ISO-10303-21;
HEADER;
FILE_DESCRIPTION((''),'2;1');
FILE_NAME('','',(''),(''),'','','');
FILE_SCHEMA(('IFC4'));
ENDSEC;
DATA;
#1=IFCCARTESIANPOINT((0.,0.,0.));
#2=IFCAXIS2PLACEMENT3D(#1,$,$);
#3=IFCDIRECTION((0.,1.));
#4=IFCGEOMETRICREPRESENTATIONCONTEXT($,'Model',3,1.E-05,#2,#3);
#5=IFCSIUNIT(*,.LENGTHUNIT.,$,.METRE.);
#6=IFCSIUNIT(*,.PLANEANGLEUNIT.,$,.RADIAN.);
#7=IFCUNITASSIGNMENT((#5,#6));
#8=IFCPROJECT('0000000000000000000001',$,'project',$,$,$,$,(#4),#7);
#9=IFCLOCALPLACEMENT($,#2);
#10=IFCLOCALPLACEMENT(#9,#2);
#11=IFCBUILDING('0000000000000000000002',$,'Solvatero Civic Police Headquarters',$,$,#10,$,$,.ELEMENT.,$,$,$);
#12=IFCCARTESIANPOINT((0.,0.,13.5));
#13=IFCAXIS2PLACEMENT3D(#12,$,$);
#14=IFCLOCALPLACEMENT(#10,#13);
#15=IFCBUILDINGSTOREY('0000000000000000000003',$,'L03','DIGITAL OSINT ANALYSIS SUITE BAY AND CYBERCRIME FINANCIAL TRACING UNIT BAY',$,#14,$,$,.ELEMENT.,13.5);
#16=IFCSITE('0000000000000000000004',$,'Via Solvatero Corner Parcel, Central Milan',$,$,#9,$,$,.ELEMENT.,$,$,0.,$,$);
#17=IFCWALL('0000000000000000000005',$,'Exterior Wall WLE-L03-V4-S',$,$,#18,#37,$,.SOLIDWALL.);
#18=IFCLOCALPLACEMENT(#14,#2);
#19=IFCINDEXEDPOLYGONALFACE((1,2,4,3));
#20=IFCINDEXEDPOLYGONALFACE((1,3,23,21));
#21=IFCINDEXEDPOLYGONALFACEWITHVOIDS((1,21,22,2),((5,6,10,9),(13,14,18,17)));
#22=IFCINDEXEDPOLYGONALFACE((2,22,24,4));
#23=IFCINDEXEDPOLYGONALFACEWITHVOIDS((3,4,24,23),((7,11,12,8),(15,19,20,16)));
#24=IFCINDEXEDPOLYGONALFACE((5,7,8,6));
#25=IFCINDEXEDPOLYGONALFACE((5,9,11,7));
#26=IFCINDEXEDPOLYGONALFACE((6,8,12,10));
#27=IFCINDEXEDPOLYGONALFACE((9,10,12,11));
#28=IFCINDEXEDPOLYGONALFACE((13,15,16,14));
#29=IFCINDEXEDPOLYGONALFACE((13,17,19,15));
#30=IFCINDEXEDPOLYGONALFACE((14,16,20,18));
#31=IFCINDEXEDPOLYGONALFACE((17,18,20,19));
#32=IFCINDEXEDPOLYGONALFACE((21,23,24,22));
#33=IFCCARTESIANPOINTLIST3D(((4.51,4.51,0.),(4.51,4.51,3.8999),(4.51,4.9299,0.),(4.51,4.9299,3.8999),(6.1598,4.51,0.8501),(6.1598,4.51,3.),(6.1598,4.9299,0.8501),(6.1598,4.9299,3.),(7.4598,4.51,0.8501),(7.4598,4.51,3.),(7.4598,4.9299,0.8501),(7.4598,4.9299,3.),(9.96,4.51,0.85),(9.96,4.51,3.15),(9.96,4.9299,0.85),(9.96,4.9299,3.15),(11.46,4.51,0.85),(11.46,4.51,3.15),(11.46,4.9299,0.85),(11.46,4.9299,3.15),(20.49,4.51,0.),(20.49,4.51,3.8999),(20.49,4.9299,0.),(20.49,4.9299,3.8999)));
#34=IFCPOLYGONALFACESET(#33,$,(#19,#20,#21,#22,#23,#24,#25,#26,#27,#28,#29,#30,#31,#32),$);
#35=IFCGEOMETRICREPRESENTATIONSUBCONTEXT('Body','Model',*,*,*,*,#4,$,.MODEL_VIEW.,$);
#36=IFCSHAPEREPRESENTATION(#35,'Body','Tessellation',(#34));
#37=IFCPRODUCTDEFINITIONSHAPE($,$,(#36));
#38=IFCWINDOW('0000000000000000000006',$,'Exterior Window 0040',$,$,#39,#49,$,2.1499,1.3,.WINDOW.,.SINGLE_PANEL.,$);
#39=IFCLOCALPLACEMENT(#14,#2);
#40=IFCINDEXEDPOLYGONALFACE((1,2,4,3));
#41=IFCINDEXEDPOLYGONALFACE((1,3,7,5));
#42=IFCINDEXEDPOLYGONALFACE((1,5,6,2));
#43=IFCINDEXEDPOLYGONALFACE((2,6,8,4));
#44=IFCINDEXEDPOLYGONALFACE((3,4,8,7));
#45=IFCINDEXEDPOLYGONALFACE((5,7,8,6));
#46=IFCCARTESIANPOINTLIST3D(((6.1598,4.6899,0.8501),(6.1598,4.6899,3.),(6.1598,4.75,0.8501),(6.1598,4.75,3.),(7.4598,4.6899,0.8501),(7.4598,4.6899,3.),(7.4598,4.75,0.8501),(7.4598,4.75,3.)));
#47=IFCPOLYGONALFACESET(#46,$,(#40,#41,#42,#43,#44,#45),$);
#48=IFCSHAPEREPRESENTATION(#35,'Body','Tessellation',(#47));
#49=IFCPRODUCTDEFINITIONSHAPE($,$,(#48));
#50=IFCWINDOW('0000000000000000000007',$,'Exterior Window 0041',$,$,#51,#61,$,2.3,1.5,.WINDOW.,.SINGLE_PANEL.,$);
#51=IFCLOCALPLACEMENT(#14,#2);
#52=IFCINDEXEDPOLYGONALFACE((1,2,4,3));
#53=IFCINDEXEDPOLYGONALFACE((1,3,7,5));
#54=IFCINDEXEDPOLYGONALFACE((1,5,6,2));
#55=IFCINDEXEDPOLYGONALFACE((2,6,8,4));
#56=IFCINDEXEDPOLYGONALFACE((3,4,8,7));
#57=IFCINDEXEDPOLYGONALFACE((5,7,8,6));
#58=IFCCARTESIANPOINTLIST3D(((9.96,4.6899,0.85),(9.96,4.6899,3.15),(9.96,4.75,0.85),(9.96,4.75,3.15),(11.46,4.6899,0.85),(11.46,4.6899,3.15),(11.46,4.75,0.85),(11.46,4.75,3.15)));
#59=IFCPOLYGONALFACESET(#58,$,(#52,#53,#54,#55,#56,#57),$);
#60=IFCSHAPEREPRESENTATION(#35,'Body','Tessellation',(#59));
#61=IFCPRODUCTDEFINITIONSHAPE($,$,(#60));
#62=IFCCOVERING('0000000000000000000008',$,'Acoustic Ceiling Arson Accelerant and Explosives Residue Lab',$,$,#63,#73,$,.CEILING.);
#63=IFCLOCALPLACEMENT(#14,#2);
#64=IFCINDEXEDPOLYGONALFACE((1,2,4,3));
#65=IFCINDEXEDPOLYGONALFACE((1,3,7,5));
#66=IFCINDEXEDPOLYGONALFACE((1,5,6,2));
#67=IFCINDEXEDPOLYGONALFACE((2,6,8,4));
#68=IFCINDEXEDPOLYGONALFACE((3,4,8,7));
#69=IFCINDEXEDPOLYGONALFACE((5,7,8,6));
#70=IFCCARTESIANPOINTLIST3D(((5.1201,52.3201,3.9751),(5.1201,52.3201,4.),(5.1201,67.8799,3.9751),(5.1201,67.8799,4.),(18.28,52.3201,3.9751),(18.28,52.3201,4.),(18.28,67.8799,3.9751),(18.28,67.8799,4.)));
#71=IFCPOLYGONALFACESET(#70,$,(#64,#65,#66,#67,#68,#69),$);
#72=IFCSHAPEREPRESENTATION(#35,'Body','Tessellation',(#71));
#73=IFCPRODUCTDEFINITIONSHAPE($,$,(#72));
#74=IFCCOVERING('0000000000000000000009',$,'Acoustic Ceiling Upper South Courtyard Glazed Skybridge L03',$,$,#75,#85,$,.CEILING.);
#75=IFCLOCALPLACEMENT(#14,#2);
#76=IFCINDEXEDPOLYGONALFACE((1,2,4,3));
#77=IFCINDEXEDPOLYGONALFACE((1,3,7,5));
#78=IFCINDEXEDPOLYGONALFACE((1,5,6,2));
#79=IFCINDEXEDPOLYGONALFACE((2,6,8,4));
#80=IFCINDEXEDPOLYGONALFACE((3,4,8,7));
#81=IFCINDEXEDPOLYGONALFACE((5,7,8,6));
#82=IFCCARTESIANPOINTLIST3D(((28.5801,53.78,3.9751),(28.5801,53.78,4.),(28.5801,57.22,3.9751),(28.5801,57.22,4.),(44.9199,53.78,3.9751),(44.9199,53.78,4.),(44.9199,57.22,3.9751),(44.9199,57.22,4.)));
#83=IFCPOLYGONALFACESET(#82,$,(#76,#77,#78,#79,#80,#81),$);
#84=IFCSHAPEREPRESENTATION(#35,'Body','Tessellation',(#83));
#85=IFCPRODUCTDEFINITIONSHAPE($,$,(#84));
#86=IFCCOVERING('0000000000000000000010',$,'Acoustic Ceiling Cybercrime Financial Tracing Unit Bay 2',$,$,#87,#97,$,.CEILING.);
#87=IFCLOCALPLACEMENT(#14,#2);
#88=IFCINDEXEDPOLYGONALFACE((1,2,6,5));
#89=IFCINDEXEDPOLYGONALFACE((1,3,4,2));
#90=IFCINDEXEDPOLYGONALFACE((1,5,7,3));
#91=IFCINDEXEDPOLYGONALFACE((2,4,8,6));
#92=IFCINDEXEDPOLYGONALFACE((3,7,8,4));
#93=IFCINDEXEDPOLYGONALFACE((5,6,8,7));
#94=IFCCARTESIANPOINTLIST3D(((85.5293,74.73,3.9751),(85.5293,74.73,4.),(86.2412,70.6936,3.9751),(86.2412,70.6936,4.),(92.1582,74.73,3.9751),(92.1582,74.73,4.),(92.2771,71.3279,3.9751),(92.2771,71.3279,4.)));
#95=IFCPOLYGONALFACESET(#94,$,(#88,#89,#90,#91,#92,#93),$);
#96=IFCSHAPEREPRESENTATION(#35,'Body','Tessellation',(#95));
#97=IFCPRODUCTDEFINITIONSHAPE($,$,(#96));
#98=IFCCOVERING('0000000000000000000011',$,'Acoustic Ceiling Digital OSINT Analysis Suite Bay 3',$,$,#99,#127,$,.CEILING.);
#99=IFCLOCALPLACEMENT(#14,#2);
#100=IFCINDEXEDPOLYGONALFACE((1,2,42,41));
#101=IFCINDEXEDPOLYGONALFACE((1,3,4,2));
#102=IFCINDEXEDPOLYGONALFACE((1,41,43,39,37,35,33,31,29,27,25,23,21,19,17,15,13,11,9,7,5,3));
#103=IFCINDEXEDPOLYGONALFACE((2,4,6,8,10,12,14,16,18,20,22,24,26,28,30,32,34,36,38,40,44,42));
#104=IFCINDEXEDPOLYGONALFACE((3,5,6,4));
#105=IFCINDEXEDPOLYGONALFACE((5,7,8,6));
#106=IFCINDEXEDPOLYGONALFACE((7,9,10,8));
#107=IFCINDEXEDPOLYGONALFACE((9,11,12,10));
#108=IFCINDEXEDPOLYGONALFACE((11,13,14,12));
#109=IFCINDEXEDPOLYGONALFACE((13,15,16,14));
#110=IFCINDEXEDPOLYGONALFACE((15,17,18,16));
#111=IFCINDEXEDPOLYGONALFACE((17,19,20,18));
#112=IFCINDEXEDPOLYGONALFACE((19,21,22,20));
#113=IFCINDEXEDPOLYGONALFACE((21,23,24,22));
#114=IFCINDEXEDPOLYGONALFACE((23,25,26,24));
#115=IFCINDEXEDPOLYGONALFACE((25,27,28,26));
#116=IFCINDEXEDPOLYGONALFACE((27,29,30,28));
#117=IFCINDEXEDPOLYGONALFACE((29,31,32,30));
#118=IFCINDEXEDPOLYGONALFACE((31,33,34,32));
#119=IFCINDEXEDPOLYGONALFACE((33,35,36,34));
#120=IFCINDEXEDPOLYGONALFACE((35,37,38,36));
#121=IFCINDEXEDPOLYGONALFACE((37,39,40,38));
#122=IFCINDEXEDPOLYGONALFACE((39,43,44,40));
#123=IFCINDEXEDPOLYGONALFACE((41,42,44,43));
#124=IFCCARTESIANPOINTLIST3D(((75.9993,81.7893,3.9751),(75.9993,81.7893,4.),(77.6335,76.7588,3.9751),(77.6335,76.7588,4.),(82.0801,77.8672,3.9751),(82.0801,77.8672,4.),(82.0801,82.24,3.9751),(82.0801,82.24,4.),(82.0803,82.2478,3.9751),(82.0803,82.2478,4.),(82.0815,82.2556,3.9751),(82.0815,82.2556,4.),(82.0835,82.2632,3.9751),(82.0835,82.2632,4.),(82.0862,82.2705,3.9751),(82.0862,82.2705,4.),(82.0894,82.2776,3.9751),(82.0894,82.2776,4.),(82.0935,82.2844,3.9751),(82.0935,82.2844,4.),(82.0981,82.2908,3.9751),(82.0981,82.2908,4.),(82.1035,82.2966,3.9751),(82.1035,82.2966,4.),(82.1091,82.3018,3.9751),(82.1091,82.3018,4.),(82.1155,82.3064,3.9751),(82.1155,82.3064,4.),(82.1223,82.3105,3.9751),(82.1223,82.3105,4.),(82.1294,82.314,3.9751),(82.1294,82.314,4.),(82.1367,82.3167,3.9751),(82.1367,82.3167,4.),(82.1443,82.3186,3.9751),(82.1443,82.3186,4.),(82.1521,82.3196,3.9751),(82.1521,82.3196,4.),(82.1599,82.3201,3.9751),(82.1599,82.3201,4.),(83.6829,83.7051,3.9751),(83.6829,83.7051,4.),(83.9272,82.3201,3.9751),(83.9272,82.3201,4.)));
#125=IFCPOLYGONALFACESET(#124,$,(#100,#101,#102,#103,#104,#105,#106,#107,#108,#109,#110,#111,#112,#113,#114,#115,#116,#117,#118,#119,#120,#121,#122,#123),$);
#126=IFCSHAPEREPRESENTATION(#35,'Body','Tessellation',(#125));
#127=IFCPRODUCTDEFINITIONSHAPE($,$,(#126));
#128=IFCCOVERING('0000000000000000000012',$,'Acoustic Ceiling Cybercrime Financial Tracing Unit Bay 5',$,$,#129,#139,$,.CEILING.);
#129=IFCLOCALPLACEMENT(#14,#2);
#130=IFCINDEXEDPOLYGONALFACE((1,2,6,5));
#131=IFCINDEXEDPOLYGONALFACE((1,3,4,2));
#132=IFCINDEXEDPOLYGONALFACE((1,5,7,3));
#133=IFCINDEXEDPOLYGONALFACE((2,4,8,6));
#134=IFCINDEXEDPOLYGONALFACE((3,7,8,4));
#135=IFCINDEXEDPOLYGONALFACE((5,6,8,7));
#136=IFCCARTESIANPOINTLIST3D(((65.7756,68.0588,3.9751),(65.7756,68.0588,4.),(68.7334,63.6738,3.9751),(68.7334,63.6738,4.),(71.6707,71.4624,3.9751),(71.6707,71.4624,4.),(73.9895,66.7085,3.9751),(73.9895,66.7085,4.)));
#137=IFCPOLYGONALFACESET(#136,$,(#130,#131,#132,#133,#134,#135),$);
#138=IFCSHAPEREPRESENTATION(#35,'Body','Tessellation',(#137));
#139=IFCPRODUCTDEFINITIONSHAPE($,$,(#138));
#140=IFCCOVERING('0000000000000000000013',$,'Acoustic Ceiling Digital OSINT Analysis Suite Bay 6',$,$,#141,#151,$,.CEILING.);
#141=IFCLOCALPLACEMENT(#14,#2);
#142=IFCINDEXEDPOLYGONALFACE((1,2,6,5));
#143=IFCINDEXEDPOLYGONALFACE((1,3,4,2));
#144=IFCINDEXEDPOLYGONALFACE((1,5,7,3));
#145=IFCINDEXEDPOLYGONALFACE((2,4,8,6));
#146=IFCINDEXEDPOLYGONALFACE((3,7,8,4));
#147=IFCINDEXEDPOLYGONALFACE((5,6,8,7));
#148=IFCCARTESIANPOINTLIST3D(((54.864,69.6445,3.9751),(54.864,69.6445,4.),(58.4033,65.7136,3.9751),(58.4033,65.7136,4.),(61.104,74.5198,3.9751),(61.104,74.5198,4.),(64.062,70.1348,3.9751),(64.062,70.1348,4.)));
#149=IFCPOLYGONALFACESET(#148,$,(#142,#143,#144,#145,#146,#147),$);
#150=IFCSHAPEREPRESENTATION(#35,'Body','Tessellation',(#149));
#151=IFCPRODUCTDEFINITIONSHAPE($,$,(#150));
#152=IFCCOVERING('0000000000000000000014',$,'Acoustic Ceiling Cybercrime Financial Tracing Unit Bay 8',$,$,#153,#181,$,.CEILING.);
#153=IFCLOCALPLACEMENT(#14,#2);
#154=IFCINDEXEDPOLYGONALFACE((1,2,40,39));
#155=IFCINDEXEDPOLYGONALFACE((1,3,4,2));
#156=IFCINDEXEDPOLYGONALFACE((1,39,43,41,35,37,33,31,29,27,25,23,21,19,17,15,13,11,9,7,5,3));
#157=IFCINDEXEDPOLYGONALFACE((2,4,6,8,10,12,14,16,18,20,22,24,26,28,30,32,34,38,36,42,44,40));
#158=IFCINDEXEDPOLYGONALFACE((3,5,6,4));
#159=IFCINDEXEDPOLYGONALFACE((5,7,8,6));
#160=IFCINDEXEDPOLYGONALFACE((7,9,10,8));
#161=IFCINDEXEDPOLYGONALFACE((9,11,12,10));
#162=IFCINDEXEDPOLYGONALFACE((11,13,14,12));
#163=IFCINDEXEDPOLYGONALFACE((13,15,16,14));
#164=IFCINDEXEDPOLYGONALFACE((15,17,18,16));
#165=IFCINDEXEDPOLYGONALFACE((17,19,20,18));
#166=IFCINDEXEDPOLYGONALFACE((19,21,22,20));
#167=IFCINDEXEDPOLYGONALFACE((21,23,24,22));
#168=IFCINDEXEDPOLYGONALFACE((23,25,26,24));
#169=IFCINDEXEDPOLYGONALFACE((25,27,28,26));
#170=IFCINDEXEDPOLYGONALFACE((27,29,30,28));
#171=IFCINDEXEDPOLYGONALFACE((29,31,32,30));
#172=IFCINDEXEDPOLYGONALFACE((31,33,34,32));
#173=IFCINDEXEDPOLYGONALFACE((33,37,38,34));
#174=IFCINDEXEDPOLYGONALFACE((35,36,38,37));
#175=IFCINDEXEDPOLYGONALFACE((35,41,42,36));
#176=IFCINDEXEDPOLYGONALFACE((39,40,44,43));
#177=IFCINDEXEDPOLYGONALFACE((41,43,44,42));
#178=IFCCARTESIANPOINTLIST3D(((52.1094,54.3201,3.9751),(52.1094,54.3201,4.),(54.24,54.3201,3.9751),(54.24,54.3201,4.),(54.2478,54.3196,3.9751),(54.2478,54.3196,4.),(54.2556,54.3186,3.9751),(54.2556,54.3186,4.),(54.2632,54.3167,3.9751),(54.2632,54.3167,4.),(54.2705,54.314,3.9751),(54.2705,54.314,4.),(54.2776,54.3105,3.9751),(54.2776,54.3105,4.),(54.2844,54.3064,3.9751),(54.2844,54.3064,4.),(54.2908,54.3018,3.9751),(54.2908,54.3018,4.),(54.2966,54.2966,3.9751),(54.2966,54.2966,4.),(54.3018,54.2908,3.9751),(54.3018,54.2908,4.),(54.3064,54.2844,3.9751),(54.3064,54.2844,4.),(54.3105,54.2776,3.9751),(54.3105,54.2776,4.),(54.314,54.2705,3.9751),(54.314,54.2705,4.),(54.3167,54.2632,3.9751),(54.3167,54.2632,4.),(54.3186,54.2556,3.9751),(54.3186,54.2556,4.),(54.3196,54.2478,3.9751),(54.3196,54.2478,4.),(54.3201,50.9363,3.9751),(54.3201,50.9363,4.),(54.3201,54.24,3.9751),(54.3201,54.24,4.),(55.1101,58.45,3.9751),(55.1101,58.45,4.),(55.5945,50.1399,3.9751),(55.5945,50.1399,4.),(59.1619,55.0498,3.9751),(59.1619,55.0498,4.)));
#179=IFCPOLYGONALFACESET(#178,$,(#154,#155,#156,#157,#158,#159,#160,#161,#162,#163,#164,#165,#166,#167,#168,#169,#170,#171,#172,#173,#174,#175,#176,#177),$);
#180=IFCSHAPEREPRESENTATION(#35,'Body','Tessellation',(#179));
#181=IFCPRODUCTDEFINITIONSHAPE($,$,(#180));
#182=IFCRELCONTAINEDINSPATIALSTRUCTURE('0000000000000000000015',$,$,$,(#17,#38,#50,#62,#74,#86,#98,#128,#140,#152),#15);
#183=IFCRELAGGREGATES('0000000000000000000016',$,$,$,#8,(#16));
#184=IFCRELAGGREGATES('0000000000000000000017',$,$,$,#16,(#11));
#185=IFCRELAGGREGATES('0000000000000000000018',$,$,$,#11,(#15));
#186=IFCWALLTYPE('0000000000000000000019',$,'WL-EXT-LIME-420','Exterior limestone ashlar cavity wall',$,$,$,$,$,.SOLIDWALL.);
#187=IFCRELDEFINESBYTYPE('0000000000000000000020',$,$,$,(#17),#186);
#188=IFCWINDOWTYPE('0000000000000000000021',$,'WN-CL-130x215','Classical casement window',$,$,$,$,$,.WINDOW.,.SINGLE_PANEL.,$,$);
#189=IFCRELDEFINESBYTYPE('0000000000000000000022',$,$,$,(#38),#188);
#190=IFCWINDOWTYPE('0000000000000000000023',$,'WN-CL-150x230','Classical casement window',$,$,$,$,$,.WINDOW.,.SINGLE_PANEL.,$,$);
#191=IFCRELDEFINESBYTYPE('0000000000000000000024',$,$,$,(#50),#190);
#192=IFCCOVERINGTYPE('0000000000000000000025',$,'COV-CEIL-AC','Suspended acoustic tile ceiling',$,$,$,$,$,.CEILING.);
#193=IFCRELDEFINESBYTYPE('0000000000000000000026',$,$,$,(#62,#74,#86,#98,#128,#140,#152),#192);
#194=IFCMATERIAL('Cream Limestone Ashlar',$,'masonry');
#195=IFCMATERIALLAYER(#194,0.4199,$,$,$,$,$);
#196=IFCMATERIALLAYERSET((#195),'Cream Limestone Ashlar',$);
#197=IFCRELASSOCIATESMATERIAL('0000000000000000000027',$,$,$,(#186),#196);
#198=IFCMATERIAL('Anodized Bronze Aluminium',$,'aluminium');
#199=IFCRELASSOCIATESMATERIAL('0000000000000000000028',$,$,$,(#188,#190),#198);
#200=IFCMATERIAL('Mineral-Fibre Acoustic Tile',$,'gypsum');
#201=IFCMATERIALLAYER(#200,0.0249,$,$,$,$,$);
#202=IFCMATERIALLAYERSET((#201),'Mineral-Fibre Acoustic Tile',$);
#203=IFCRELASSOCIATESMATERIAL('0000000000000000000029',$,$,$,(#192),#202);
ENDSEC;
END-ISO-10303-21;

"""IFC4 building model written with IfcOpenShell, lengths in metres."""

from ifc_helpers import new_model, si_unit, direction, frame, frame_2d, origin, place, context, subcontext, project, spatial, polyline, rectangle, outline, extrude, material, layer, layer_set, type_object, element, fill, save


model = new_model("IFC4")

# Units and contexts
model_context = context("Model", 3, precision=1e-05, world=origin(), true_north=direction((0.0, 1.0)))
body_context = subcontext(model_context, "Body", "Model", "MODEL_VIEW")
ifc_project = project(units=[si_unit("LENGTHUNIT", "METRE"), si_unit("PLANEANGLEUNIT", "RADIAN")], contexts=[model_context])

# Site, building, storey
site_placement = place(None, origin())
site = spatial("IfcSite", under=ifc_project, at=site_placement, Name="Via Solvatero Corner Parcel, Central Milan", CompositionType="ELEMENT", RefElevation=0.0)
building_placement = place(site_placement, origin())
building = spatial("IfcBuilding", under=site, at=building_placement, Name="Solvatero Civic Police Headquarters", CompositionType="ELEMENT")
storey_placement = place(building_placement, frame((0.0, 0.0, 13.5)))
storey = spatial("IfcBuildingStorey", under=building, at=storey_placement, Name="L03", Description="DIGITAL OSINT ANALYSIS SUITE BAY AND CYBERCRIME FINANCIAL TRACING UNIT BAY", CompositionType="ELEMENT", Elevation=13.5)

# Wall, openings, windows
ifc_material_1 = material(Name="Cream Limestone Ashlar", Category="masonry")
ifc_layer_1 = layer(ifc_material_1, 0.4199)
ifc_layer_set_1 = layer_set([ifc_layer_1], Name="Cream Limestone Ashlar")
wall_type = type_object("IfcWallType", Name="WL-EXT-LIME-420", Description="Exterior limestone ashlar cavity wall", PredefinedType="SOLIDWALL", material=ifc_layer_set_1)
wall_placement = place(storey_placement, frame((4.51, 4.72, 0.0), z_axis=(0.0, 0.0, 1.0), x_axis=(1.0, 0.0, 0.0)))
wall = element("IfcWall", 1, at=wall_placement, inside=storey, type_object=wall_type, Name="Exterior Wall WLE-L03-V4-S", PredefinedType="SOLIDWALL", context=body_context, shape_type="SweptSolid", body=[
    extrude(rectangle(XDim=15.98, YDim=0.4199, at=frame_2d((7.99, 0.0))), origin(), (0.0, 0.0, 1.0), 3.8999),
])
opening_1_placement = place(wall_placement, frame((1.6499, 0.0, 0.8501)))
opening_1 = element("IfcOpeningElement", 2, at=opening_1_placement, cuts=wall, PredefinedType="OPENING", context=body_context, shape_type="SweptSolid", body=[
    extrude(rectangle(XDim=1.3, YDim=2.1499, at=frame_2d((0.6499, 1.075))), frame((0.0, 0.22, 0.0), z_axis=(0.0, -1.0, 0.0), x_axis=(1.0, 0.0, 0.0)), (0.0, 0.0, 1.0), 0.4399),
])
opening_2_placement = place(wall_placement, frame((5.45, 0.0, 0.8501)))
opening_2 = element("IfcOpeningElement", 3, at=opening_2_placement, cuts=wall, PredefinedType="OPENING", context=body_context, shape_type="SweptSolid", body=[
    extrude(rectangle(XDim=1.5, YDim=2.3, at=frame_2d((0.75, 1.1499))), frame((0.0, 0.22, 0.0), z_axis=(0.0, -1.0, 0.0), x_axis=(1.0, 0.0, 0.0)), (0.0, 0.0, 1.0), 0.4399),
])
ifc_material_2 = material(Name="Anodized Bronze Aluminium", Category="aluminium")
window_type_1 = type_object("IfcWindowType", Name="WN-CL-130x215", Description="Classical casement window", PartitioningType="SINGLE_PANEL", PredefinedType="WINDOW", material=ifc_material_2)
window_1_placement = place(opening_1_placement, origin())
window_1 = element("IfcWindow", 4, at=window_1_placement, inside=storey, type_object=window_type_1, Name="Exterior Window 0040", OverallHeight=2.1499, OverallWidth=1.3, PartitioningType="SINGLE_PANEL", PredefinedType="WINDOW", context=body_context, shape_type="SweptSolid", body=[
    extrude(rectangle(XDim=1.3, YDim=2.1499, at=frame_2d((0.6499, 1.075))), frame((0.0, 0.03, 0.0), z_axis=(0.0, -1.0, 0.0), x_axis=(1.0, 0.0, 0.0)), (0.0, 0.0, 1.0), 0.0601),
])
fill(opening_1, window_1)
window_type_2 = type_object("IfcWindowType", Name="WN-CL-150x230", Description="Classical casement window", PartitioningType="SINGLE_PANEL", PredefinedType="WINDOW", material=ifc_material_2)
window_2_placement = place(opening_2_placement, origin())
window_2 = element("IfcWindow", 5, at=window_2_placement, inside=storey, type_object=window_type_2, Name="Exterior Window 0041", OverallHeight=2.3, OverallWidth=1.5, PartitioningType="SINGLE_PANEL", PredefinedType="WINDOW", context=body_context, shape_type="SweptSolid", body=[
    extrude(rectangle(XDim=1.5, YDim=2.3, at=frame_2d((0.75, 1.1499))), frame((0.0, 0.03, 0.0), z_axis=(0.0, -1.0, 0.0), x_axis=(1.0, 0.0, 0.0)), (0.0, 0.0, 1.0), 0.0601),
])
fill(opening_2, window_2)

# Coverings
ifc_material_3 = material(Name="Mineral-Fibre Acoustic Tile", Category="gypsum")
ifc_layer_2 = layer(ifc_material_3, 0.0249)
ifc_layer_set_2 = layer_set([ifc_layer_2], Name="Mineral-Fibre Acoustic Tile")
covering_type_1 = type_object("IfcCoveringType", Name="COV-CEIL-AC", Description="Suspended acoustic tile ceiling", PredefinedType="CEILING", material=ifc_layer_set_2)
covering_1_placement = place(storey_placement, frame((0.0, 0.0, 3.9751)))
element("IfcCovering", 6, at=covering_1_placement, inside=storey, type_object=covering_type_1, Name="Acoustic Ceiling Arson Accelerant and Explosives Residue Lab", PredefinedType="CEILING", context=body_context, shape_type="SweptSolid", body=[
    extrude(outline(polyline([(5.1201, 52.3201), (5.1201, 67.8799), (18.28, 67.8799), (18.28, 52.3201), (5.1201, 52.3201)])), origin(), (0.0, 0.0, 1.0), 0.0249),
])
covering_2_placement = place(storey_placement, frame((0.0, 0.0, 3.9751)))
element("IfcCovering", 7, at=covering_2_placement, inside=storey, type_object=covering_type_1, Name="Acoustic Ceiling Upper South Courtyard Glazed Skybridge L03", PredefinedType="CEILING", context=body_context, shape_type="SweptSolid", body=[
    extrude(outline(polyline([(28.5801, 53.78), (28.5801, 57.22), (44.9199, 57.22), (44.9199, 53.78), (28.5801, 53.78)])), origin(), (0.0, 0.0, 1.0), 0.0249),
])
covering_3_placement = place(storey_placement, frame((0.0, 0.0, 3.9751)))
element("IfcCovering", 8, at=covering_3_placement, inside=storey, type_object=covering_type_1, Name="Acoustic Ceiling Cybercrime Financial Tracing Unit Bay 2", PredefinedType="CEILING", context=body_context, shape_type="SweptSolid", body=[
    extrude(outline(polyline([(86.2412, 70.6936), (85.5293, 74.73), (92.1582, 74.73), (92.2771, 71.3279), (86.2412, 70.6936)])), origin(), (0.0, 0.0, 1.0), 0.0249),
])
covering_4_placement = place(storey_placement, frame((0.0, 0.0, 3.9751)))
element("IfcCovering", 9, at=covering_4_placement, inside=storey, type_object=covering_type_1, Name="Acoustic Ceiling Digital OSINT Analysis Suite Bay 3", PredefinedType="CEILING", context=body_context, shape_type="SweptSolid", body=[
    extrude(outline(polyline([(77.6335, 76.7588), (75.9993, 81.7893), (83.6829, 83.7051), (83.9272, 82.3201), (82.1599, 82.3201), (82.1521, 82.3196), (82.1443, 82.3186), (82.1367, 82.3167), (82.1294, 82.314), (82.1223, 82.3105), (82.1155, 82.3064), (82.1091, 82.3018), (82.1035, 82.2966), (82.0981, 82.2908), (82.0935, 82.2844), (82.0894, 82.2776), (82.0862, 82.2705), (82.0835, 82.2632), (82.0815, 82.2556), (82.0803, 82.2478), (82.0801, 82.24), (82.0801, 77.8672), (77.6335, 76.7588)])), origin(), (0.0, 0.0, 1.0), 0.0249),
])
covering_5_placement = place(storey_placement, frame((0.0, 0.0, 3.9751)))
element("IfcCovering", 10, at=covering_5_placement, inside=storey, type_object=covering_type_1, Name="Acoustic Ceiling Cybercrime Financial Tracing Unit Bay 5", PredefinedType="CEILING", context=body_context, shape_type="SweptSolid", body=[
    extrude(outline(polyline([(68.7334, 63.6738), (65.7756, 68.0588), (71.6707, 71.4624), (73.9895, 66.7085), (68.7334, 63.6738)])), origin(), (0.0, 0.0, 1.0), 0.0249),
])
covering_6_placement = place(storey_placement, frame((0.0, 0.0, 3.9751)))
element("IfcCovering", 11, at=covering_6_placement, inside=storey, type_object=covering_type_1, Name="Acoustic Ceiling Digital OSINT Analysis Suite Bay 6", PredefinedType="CEILING", context=body_context, shape_type="SweptSolid", body=[
    extrude(outline(polyline([(58.4033, 65.7136), (54.864, 69.6445), (61.104, 74.5198), (64.062, 70.1348), (58.4033, 65.7136)])), origin(), (0.0, 0.0, 1.0), 0.0249),
])
covering_7_placement = place(storey_placement, frame((0.0, 0.0, 3.9751)))
element("IfcCovering", 12, at=covering_7_placement, inside=storey, type_object=covering_type_1, Name="Acoustic Ceiling Cybercrime Financial Tracing Unit Bay 8", PredefinedType="CEILING", context=body_context, shape_type="SweptSolid", body=[
    extrude(outline(polyline([(55.1101, 58.45), (59.1619, 55.0498), (55.5945, 50.1399), (54.3201, 50.9363), (54.3201, 54.24), (54.3196, 54.2478), (54.3186, 54.2556), (54.3167, 54.2632), (54.314, 54.2705), (54.3105, 54.2776), (54.3064, 54.2844), (54.3018, 54.2908), (54.2966, 54.2966), (54.2908, 54.3018), (54.2844, 54.3064), (54.2776, 54.3105), (54.2705, 54.314), (54.2632, 54.3167), (54.2556, 54.3186), (54.2478, 54.3196), (54.24, 54.3201), (52.1094, 54.3201), (55.1101, 58.45)])), origin(), (0.0, 0.0, 1.0), 0.0249),
])

save(model, "model.ifc")
